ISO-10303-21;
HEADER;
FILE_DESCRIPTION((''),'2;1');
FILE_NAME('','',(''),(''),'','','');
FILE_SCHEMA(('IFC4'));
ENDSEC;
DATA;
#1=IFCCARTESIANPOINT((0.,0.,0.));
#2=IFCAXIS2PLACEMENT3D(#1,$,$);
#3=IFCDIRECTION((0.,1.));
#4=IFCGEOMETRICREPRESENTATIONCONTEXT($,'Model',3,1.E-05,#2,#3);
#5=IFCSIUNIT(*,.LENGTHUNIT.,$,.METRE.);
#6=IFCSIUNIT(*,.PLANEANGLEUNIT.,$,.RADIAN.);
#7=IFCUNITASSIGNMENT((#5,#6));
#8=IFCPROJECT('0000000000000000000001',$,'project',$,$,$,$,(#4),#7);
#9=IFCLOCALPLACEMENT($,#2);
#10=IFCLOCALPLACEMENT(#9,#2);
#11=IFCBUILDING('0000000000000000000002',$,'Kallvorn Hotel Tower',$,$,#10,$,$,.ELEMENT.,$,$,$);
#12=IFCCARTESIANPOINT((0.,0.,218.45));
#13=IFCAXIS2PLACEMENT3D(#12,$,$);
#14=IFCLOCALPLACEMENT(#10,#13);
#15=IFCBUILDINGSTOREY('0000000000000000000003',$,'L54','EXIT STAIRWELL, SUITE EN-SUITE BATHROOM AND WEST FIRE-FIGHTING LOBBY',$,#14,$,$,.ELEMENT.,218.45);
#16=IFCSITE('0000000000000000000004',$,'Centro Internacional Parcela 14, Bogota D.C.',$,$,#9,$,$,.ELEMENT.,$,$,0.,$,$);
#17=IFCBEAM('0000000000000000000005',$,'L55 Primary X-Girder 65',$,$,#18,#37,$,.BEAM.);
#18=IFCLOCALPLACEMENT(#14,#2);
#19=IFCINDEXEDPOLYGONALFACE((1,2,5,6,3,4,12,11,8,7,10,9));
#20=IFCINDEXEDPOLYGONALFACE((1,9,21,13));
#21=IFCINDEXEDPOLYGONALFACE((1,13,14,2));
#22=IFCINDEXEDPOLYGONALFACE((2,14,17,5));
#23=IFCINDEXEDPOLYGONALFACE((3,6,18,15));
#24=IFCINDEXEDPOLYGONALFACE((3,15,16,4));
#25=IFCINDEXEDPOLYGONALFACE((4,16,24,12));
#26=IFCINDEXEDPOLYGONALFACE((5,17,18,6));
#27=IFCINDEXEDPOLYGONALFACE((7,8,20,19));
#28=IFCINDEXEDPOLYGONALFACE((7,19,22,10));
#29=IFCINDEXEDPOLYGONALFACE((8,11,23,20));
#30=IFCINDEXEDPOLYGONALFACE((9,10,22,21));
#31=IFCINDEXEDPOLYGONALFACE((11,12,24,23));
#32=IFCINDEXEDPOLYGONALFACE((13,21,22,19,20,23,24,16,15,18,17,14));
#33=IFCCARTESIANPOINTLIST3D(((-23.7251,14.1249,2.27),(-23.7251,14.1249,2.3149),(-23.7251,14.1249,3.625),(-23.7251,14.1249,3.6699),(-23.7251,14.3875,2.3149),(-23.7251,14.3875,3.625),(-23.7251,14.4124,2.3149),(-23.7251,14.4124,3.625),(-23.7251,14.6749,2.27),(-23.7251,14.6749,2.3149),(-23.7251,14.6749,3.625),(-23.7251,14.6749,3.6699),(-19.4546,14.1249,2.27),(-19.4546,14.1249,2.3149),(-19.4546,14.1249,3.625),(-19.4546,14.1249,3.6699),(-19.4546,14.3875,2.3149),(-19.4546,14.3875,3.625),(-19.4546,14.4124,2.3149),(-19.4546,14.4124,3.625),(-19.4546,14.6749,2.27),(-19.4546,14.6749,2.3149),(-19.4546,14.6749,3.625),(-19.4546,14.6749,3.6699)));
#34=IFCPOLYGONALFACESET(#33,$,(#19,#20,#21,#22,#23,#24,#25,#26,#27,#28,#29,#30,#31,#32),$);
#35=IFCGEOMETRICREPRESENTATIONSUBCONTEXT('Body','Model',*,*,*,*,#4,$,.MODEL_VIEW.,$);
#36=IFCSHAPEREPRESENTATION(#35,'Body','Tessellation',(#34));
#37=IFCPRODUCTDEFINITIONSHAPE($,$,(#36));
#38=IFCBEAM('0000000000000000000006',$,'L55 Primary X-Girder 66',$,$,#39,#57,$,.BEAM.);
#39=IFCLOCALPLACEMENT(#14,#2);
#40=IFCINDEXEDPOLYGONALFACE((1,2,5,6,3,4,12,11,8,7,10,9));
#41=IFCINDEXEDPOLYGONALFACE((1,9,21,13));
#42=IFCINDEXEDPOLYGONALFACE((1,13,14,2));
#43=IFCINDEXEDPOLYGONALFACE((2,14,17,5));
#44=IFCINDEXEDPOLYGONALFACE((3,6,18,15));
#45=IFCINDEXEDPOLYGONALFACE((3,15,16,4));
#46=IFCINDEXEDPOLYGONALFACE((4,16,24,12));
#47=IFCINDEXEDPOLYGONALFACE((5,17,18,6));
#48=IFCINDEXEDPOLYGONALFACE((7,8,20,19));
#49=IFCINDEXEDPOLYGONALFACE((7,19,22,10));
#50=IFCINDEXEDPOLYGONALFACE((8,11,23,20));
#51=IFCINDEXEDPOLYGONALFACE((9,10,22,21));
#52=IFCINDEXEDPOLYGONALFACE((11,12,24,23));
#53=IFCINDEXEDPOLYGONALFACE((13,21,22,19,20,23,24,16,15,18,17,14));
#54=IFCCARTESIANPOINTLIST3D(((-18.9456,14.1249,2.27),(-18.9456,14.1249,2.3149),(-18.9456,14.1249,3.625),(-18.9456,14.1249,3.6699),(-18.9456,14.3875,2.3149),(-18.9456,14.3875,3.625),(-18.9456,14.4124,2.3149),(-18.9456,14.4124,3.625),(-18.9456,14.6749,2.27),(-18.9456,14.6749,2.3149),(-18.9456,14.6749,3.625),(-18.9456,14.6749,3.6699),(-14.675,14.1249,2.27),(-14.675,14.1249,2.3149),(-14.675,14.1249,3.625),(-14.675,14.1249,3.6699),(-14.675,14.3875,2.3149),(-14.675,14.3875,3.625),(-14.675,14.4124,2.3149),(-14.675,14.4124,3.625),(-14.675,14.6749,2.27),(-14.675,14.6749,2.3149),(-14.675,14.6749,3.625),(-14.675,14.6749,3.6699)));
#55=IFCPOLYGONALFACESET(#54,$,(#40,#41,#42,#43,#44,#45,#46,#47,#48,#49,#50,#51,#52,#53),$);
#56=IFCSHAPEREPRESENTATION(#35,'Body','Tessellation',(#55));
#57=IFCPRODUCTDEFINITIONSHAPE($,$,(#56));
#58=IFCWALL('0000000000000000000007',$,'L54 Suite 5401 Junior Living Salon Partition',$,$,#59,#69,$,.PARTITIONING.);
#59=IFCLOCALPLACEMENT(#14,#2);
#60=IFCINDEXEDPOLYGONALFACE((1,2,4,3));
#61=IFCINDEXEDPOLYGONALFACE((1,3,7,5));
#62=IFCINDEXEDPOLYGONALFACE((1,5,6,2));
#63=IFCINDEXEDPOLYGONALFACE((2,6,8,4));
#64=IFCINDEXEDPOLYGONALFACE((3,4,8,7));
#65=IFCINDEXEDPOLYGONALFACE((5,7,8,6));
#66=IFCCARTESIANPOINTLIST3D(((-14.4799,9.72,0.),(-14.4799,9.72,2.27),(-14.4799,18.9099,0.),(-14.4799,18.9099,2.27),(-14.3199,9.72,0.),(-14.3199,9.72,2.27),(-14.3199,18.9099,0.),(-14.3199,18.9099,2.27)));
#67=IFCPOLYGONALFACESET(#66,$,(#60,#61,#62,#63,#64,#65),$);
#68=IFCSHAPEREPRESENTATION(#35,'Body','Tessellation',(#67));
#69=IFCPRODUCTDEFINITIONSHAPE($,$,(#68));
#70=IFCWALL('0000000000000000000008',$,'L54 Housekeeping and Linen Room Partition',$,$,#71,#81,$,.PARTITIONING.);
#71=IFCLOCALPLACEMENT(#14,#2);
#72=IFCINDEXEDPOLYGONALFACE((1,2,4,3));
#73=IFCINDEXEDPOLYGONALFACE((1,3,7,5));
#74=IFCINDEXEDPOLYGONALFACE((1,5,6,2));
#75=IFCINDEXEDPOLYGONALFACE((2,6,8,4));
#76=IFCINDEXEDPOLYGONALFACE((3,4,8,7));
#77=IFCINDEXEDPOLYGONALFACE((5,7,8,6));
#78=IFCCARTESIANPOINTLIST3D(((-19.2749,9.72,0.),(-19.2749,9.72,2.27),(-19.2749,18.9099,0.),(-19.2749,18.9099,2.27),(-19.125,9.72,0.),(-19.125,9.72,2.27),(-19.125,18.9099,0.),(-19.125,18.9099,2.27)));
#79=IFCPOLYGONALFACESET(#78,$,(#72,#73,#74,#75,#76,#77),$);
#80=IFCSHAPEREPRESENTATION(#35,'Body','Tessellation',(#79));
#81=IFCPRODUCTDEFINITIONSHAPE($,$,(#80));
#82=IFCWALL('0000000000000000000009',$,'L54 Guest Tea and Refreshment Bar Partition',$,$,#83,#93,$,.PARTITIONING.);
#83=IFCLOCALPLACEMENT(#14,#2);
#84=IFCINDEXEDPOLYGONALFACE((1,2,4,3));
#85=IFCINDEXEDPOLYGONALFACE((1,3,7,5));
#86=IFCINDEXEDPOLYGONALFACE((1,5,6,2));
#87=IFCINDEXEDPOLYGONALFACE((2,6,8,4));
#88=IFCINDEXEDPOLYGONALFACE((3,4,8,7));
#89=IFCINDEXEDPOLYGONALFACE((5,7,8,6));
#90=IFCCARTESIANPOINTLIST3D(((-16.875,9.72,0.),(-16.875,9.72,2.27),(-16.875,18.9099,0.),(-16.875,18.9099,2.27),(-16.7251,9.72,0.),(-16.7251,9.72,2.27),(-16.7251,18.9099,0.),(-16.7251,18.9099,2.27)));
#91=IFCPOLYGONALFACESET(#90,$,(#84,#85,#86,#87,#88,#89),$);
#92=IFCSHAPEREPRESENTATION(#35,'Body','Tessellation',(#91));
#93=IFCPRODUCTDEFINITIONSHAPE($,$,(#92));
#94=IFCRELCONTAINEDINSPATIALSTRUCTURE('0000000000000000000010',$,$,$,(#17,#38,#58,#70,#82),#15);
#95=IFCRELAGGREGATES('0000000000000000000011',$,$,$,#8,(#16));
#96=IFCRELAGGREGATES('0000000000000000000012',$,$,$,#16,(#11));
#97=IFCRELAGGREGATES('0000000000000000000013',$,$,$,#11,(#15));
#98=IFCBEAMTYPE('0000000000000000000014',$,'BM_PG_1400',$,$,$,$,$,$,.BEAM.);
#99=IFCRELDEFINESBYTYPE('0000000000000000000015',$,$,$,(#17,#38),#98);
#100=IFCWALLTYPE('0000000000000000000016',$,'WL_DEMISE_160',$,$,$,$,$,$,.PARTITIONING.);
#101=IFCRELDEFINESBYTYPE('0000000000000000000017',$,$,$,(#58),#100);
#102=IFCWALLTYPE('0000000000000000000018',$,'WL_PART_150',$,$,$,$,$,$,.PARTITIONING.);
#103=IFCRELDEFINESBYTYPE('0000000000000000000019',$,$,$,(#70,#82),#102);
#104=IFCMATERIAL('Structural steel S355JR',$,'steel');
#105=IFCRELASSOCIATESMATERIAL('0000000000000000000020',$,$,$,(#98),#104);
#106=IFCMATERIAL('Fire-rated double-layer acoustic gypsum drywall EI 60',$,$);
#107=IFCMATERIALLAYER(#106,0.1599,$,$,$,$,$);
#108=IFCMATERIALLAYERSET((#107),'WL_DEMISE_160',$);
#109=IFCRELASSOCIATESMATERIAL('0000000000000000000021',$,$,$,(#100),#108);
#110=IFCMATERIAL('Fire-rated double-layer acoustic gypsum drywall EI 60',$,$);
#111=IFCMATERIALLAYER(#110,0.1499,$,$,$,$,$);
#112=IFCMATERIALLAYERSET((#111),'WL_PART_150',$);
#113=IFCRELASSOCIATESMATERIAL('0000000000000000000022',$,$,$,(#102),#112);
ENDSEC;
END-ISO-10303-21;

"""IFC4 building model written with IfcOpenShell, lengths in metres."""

from ifc_helpers import new_model, si_unit, direction, frame, frame_2d, origin, origin_2d, place, context, subcontext, project, spatial, rectangle, i_section, extrude, material, layer, layer_set, material_profile, profile_set, type_object, element, save


model = new_model("IFC4")

# Units and contexts
model_context = context("Model", 3, precision=1e-05, world=origin(), true_north=direction((0.0, 1.0)))
body_context = subcontext(model_context, "Body", "Model", "MODEL_VIEW")
ifc_project = project(units=[si_unit("LENGTHUNIT", "METRE"), si_unit("PLANEANGLEUNIT", "RADIAN")], contexts=[model_context])

# Site, building, storey
site_placement = place(None, origin())
site = spatial("IfcSite", under=ifc_project, at=site_placement, Name="Centro Internacional Parcela 14, Bogota D.C.", CompositionType="ELEMENT", RefElevation=0.0)
building_placement = place(site_placement, origin())
building = spatial("IfcBuilding", under=site, at=building_placement, Name="Kallvorn Hotel Tower", CompositionType="ELEMENT")
storey_placement = place(building_placement, frame((0.0, 0.0, 218.45)))
storey = spatial("IfcBuildingStorey", under=building, at=storey_placement, Name="L54", Description="EXIT STAIRWELL, SUITE EN-SUITE BATHROOM AND WEST FIRE-FIGHTING LOBBY", CompositionType="ELEMENT", Elevation=218.45)

# Beams
ifc_material_1 = material(Name="Structural steel S355JR", Category="steel")
ifc_material_profile_1 = material_profile(ifc_material_1, i_section(OverallWidth=0.55, OverallDepth=1.3999, WebThickness=0.0249, FlangeThickness=0.0449, at=origin_2d()), Name="PG 1400x550x25x45")
ifc_profile_set_1 = profile_set([ifc_material_profile_1], Name="Structural steel S355JR")
beam_type_1 = type_object("IfcBeamType", Name="BM_PG_1400", PredefinedType="BEAM", material=ifc_profile_set_1)
for number, where, z_axis, x_axis, name in (
    (1, (-23.7251, 14.3999, 2.97), (1.0, 0.0, 0.0), (0.0, 1.0, 0.0), "L55 Primary X-Girder 65"),
    (2, (-18.9456, 14.3999, 2.97), (1.0, 0.0, 0.0), (0.0, 1.0, 0.0), "L55 Primary X-Girder 66"),
):
    element("IfcBeam", number, at=place(storey_placement, frame(where, z_axis=z_axis, x_axis=x_axis)), inside=storey, type_object=beam_type_1, Name=name, PredefinedType="BEAM", context=body_context, shape_type="SweptSolid", body=[
        extrude(i_section(OverallWidth=0.55, OverallDepth=1.3999, WebThickness=0.0249, FlangeThickness=0.0449, at=origin_2d()), origin(), (0.0, 0.0, 1.0), 4.2705),
    ])

# Walls
ifc_material_2 = material(Name="Fire-rated double-layer acoustic gypsum drywall EI 60")
ifc_layer_1 = layer(ifc_material_2, 0.1599)
ifc_layer_set_1 = layer_set([ifc_layer_1], Name="WL_DEMISE_160")
wall_type_1 = type_object("IfcWallType", Name="WL_DEMISE_160", PredefinedType="PARTITIONING", material=ifc_layer_set_1)
wall_placement = place(storey_placement, frame((-14.3999, 9.72, 0.0), z_axis=(0.0, 0.0, 1.0), x_axis=(0.0, 1.0, 0.0)))
element("IfcWall", 3, at=wall_placement, inside=storey, type_object=wall_type_1, Name="L54 Suite 5401 Junior Living Salon Partition", PredefinedType="PARTITIONING", context=body_context, shape_type="SweptSolid", body=[
    extrude(rectangle(XDim=9.1899, YDim=0.1599, at=frame_2d((4.595, 0.0))), origin(), (0.0, 0.0, 1.0), 2.27),
])
ifc_material_3 = material(Name="Fire-rated double-layer acoustic gypsum drywall EI 60")
ifc_layer_2 = layer(ifc_material_3, 0.1499)
ifc_layer_set_2 = layer_set([ifc_layer_2], Name="WL_PART_150")
wall_type_2 = type_object("IfcWallType", Name="WL_PART_150", PredefinedType="PARTITIONING", material=ifc_layer_set_2)
for number, where, z_axis, x_axis, name in (
    (4, (-19.2, 9.72, 0.0), (0.0, 0.0, 1.0), (0.0, 1.0, 0.0), "L54 Housekeeping and Linen Room Partition"),
    (5, (-16.8, 9.72, 0.0), (0.0, 0.0, 1.0), (0.0, 1.0, 0.0), "L54 Guest Tea and Refreshment Bar Partition"),
):
    element("IfcWall", number, at=place(storey_placement, frame(where, z_axis=z_axis, x_axis=x_axis)), inside=storey, type_object=wall_type_2, Name=name, PredefinedType="PARTITIONING", context=body_context, shape_type="SweptSolid", body=[
        extrude(rectangle(XDim=9.1899, YDim=0.1499, at=frame_2d((4.595, 0.0))), origin(), (0.0, 0.0, 1.0), 2.27),
    ])

save(model, "model.ifc")
